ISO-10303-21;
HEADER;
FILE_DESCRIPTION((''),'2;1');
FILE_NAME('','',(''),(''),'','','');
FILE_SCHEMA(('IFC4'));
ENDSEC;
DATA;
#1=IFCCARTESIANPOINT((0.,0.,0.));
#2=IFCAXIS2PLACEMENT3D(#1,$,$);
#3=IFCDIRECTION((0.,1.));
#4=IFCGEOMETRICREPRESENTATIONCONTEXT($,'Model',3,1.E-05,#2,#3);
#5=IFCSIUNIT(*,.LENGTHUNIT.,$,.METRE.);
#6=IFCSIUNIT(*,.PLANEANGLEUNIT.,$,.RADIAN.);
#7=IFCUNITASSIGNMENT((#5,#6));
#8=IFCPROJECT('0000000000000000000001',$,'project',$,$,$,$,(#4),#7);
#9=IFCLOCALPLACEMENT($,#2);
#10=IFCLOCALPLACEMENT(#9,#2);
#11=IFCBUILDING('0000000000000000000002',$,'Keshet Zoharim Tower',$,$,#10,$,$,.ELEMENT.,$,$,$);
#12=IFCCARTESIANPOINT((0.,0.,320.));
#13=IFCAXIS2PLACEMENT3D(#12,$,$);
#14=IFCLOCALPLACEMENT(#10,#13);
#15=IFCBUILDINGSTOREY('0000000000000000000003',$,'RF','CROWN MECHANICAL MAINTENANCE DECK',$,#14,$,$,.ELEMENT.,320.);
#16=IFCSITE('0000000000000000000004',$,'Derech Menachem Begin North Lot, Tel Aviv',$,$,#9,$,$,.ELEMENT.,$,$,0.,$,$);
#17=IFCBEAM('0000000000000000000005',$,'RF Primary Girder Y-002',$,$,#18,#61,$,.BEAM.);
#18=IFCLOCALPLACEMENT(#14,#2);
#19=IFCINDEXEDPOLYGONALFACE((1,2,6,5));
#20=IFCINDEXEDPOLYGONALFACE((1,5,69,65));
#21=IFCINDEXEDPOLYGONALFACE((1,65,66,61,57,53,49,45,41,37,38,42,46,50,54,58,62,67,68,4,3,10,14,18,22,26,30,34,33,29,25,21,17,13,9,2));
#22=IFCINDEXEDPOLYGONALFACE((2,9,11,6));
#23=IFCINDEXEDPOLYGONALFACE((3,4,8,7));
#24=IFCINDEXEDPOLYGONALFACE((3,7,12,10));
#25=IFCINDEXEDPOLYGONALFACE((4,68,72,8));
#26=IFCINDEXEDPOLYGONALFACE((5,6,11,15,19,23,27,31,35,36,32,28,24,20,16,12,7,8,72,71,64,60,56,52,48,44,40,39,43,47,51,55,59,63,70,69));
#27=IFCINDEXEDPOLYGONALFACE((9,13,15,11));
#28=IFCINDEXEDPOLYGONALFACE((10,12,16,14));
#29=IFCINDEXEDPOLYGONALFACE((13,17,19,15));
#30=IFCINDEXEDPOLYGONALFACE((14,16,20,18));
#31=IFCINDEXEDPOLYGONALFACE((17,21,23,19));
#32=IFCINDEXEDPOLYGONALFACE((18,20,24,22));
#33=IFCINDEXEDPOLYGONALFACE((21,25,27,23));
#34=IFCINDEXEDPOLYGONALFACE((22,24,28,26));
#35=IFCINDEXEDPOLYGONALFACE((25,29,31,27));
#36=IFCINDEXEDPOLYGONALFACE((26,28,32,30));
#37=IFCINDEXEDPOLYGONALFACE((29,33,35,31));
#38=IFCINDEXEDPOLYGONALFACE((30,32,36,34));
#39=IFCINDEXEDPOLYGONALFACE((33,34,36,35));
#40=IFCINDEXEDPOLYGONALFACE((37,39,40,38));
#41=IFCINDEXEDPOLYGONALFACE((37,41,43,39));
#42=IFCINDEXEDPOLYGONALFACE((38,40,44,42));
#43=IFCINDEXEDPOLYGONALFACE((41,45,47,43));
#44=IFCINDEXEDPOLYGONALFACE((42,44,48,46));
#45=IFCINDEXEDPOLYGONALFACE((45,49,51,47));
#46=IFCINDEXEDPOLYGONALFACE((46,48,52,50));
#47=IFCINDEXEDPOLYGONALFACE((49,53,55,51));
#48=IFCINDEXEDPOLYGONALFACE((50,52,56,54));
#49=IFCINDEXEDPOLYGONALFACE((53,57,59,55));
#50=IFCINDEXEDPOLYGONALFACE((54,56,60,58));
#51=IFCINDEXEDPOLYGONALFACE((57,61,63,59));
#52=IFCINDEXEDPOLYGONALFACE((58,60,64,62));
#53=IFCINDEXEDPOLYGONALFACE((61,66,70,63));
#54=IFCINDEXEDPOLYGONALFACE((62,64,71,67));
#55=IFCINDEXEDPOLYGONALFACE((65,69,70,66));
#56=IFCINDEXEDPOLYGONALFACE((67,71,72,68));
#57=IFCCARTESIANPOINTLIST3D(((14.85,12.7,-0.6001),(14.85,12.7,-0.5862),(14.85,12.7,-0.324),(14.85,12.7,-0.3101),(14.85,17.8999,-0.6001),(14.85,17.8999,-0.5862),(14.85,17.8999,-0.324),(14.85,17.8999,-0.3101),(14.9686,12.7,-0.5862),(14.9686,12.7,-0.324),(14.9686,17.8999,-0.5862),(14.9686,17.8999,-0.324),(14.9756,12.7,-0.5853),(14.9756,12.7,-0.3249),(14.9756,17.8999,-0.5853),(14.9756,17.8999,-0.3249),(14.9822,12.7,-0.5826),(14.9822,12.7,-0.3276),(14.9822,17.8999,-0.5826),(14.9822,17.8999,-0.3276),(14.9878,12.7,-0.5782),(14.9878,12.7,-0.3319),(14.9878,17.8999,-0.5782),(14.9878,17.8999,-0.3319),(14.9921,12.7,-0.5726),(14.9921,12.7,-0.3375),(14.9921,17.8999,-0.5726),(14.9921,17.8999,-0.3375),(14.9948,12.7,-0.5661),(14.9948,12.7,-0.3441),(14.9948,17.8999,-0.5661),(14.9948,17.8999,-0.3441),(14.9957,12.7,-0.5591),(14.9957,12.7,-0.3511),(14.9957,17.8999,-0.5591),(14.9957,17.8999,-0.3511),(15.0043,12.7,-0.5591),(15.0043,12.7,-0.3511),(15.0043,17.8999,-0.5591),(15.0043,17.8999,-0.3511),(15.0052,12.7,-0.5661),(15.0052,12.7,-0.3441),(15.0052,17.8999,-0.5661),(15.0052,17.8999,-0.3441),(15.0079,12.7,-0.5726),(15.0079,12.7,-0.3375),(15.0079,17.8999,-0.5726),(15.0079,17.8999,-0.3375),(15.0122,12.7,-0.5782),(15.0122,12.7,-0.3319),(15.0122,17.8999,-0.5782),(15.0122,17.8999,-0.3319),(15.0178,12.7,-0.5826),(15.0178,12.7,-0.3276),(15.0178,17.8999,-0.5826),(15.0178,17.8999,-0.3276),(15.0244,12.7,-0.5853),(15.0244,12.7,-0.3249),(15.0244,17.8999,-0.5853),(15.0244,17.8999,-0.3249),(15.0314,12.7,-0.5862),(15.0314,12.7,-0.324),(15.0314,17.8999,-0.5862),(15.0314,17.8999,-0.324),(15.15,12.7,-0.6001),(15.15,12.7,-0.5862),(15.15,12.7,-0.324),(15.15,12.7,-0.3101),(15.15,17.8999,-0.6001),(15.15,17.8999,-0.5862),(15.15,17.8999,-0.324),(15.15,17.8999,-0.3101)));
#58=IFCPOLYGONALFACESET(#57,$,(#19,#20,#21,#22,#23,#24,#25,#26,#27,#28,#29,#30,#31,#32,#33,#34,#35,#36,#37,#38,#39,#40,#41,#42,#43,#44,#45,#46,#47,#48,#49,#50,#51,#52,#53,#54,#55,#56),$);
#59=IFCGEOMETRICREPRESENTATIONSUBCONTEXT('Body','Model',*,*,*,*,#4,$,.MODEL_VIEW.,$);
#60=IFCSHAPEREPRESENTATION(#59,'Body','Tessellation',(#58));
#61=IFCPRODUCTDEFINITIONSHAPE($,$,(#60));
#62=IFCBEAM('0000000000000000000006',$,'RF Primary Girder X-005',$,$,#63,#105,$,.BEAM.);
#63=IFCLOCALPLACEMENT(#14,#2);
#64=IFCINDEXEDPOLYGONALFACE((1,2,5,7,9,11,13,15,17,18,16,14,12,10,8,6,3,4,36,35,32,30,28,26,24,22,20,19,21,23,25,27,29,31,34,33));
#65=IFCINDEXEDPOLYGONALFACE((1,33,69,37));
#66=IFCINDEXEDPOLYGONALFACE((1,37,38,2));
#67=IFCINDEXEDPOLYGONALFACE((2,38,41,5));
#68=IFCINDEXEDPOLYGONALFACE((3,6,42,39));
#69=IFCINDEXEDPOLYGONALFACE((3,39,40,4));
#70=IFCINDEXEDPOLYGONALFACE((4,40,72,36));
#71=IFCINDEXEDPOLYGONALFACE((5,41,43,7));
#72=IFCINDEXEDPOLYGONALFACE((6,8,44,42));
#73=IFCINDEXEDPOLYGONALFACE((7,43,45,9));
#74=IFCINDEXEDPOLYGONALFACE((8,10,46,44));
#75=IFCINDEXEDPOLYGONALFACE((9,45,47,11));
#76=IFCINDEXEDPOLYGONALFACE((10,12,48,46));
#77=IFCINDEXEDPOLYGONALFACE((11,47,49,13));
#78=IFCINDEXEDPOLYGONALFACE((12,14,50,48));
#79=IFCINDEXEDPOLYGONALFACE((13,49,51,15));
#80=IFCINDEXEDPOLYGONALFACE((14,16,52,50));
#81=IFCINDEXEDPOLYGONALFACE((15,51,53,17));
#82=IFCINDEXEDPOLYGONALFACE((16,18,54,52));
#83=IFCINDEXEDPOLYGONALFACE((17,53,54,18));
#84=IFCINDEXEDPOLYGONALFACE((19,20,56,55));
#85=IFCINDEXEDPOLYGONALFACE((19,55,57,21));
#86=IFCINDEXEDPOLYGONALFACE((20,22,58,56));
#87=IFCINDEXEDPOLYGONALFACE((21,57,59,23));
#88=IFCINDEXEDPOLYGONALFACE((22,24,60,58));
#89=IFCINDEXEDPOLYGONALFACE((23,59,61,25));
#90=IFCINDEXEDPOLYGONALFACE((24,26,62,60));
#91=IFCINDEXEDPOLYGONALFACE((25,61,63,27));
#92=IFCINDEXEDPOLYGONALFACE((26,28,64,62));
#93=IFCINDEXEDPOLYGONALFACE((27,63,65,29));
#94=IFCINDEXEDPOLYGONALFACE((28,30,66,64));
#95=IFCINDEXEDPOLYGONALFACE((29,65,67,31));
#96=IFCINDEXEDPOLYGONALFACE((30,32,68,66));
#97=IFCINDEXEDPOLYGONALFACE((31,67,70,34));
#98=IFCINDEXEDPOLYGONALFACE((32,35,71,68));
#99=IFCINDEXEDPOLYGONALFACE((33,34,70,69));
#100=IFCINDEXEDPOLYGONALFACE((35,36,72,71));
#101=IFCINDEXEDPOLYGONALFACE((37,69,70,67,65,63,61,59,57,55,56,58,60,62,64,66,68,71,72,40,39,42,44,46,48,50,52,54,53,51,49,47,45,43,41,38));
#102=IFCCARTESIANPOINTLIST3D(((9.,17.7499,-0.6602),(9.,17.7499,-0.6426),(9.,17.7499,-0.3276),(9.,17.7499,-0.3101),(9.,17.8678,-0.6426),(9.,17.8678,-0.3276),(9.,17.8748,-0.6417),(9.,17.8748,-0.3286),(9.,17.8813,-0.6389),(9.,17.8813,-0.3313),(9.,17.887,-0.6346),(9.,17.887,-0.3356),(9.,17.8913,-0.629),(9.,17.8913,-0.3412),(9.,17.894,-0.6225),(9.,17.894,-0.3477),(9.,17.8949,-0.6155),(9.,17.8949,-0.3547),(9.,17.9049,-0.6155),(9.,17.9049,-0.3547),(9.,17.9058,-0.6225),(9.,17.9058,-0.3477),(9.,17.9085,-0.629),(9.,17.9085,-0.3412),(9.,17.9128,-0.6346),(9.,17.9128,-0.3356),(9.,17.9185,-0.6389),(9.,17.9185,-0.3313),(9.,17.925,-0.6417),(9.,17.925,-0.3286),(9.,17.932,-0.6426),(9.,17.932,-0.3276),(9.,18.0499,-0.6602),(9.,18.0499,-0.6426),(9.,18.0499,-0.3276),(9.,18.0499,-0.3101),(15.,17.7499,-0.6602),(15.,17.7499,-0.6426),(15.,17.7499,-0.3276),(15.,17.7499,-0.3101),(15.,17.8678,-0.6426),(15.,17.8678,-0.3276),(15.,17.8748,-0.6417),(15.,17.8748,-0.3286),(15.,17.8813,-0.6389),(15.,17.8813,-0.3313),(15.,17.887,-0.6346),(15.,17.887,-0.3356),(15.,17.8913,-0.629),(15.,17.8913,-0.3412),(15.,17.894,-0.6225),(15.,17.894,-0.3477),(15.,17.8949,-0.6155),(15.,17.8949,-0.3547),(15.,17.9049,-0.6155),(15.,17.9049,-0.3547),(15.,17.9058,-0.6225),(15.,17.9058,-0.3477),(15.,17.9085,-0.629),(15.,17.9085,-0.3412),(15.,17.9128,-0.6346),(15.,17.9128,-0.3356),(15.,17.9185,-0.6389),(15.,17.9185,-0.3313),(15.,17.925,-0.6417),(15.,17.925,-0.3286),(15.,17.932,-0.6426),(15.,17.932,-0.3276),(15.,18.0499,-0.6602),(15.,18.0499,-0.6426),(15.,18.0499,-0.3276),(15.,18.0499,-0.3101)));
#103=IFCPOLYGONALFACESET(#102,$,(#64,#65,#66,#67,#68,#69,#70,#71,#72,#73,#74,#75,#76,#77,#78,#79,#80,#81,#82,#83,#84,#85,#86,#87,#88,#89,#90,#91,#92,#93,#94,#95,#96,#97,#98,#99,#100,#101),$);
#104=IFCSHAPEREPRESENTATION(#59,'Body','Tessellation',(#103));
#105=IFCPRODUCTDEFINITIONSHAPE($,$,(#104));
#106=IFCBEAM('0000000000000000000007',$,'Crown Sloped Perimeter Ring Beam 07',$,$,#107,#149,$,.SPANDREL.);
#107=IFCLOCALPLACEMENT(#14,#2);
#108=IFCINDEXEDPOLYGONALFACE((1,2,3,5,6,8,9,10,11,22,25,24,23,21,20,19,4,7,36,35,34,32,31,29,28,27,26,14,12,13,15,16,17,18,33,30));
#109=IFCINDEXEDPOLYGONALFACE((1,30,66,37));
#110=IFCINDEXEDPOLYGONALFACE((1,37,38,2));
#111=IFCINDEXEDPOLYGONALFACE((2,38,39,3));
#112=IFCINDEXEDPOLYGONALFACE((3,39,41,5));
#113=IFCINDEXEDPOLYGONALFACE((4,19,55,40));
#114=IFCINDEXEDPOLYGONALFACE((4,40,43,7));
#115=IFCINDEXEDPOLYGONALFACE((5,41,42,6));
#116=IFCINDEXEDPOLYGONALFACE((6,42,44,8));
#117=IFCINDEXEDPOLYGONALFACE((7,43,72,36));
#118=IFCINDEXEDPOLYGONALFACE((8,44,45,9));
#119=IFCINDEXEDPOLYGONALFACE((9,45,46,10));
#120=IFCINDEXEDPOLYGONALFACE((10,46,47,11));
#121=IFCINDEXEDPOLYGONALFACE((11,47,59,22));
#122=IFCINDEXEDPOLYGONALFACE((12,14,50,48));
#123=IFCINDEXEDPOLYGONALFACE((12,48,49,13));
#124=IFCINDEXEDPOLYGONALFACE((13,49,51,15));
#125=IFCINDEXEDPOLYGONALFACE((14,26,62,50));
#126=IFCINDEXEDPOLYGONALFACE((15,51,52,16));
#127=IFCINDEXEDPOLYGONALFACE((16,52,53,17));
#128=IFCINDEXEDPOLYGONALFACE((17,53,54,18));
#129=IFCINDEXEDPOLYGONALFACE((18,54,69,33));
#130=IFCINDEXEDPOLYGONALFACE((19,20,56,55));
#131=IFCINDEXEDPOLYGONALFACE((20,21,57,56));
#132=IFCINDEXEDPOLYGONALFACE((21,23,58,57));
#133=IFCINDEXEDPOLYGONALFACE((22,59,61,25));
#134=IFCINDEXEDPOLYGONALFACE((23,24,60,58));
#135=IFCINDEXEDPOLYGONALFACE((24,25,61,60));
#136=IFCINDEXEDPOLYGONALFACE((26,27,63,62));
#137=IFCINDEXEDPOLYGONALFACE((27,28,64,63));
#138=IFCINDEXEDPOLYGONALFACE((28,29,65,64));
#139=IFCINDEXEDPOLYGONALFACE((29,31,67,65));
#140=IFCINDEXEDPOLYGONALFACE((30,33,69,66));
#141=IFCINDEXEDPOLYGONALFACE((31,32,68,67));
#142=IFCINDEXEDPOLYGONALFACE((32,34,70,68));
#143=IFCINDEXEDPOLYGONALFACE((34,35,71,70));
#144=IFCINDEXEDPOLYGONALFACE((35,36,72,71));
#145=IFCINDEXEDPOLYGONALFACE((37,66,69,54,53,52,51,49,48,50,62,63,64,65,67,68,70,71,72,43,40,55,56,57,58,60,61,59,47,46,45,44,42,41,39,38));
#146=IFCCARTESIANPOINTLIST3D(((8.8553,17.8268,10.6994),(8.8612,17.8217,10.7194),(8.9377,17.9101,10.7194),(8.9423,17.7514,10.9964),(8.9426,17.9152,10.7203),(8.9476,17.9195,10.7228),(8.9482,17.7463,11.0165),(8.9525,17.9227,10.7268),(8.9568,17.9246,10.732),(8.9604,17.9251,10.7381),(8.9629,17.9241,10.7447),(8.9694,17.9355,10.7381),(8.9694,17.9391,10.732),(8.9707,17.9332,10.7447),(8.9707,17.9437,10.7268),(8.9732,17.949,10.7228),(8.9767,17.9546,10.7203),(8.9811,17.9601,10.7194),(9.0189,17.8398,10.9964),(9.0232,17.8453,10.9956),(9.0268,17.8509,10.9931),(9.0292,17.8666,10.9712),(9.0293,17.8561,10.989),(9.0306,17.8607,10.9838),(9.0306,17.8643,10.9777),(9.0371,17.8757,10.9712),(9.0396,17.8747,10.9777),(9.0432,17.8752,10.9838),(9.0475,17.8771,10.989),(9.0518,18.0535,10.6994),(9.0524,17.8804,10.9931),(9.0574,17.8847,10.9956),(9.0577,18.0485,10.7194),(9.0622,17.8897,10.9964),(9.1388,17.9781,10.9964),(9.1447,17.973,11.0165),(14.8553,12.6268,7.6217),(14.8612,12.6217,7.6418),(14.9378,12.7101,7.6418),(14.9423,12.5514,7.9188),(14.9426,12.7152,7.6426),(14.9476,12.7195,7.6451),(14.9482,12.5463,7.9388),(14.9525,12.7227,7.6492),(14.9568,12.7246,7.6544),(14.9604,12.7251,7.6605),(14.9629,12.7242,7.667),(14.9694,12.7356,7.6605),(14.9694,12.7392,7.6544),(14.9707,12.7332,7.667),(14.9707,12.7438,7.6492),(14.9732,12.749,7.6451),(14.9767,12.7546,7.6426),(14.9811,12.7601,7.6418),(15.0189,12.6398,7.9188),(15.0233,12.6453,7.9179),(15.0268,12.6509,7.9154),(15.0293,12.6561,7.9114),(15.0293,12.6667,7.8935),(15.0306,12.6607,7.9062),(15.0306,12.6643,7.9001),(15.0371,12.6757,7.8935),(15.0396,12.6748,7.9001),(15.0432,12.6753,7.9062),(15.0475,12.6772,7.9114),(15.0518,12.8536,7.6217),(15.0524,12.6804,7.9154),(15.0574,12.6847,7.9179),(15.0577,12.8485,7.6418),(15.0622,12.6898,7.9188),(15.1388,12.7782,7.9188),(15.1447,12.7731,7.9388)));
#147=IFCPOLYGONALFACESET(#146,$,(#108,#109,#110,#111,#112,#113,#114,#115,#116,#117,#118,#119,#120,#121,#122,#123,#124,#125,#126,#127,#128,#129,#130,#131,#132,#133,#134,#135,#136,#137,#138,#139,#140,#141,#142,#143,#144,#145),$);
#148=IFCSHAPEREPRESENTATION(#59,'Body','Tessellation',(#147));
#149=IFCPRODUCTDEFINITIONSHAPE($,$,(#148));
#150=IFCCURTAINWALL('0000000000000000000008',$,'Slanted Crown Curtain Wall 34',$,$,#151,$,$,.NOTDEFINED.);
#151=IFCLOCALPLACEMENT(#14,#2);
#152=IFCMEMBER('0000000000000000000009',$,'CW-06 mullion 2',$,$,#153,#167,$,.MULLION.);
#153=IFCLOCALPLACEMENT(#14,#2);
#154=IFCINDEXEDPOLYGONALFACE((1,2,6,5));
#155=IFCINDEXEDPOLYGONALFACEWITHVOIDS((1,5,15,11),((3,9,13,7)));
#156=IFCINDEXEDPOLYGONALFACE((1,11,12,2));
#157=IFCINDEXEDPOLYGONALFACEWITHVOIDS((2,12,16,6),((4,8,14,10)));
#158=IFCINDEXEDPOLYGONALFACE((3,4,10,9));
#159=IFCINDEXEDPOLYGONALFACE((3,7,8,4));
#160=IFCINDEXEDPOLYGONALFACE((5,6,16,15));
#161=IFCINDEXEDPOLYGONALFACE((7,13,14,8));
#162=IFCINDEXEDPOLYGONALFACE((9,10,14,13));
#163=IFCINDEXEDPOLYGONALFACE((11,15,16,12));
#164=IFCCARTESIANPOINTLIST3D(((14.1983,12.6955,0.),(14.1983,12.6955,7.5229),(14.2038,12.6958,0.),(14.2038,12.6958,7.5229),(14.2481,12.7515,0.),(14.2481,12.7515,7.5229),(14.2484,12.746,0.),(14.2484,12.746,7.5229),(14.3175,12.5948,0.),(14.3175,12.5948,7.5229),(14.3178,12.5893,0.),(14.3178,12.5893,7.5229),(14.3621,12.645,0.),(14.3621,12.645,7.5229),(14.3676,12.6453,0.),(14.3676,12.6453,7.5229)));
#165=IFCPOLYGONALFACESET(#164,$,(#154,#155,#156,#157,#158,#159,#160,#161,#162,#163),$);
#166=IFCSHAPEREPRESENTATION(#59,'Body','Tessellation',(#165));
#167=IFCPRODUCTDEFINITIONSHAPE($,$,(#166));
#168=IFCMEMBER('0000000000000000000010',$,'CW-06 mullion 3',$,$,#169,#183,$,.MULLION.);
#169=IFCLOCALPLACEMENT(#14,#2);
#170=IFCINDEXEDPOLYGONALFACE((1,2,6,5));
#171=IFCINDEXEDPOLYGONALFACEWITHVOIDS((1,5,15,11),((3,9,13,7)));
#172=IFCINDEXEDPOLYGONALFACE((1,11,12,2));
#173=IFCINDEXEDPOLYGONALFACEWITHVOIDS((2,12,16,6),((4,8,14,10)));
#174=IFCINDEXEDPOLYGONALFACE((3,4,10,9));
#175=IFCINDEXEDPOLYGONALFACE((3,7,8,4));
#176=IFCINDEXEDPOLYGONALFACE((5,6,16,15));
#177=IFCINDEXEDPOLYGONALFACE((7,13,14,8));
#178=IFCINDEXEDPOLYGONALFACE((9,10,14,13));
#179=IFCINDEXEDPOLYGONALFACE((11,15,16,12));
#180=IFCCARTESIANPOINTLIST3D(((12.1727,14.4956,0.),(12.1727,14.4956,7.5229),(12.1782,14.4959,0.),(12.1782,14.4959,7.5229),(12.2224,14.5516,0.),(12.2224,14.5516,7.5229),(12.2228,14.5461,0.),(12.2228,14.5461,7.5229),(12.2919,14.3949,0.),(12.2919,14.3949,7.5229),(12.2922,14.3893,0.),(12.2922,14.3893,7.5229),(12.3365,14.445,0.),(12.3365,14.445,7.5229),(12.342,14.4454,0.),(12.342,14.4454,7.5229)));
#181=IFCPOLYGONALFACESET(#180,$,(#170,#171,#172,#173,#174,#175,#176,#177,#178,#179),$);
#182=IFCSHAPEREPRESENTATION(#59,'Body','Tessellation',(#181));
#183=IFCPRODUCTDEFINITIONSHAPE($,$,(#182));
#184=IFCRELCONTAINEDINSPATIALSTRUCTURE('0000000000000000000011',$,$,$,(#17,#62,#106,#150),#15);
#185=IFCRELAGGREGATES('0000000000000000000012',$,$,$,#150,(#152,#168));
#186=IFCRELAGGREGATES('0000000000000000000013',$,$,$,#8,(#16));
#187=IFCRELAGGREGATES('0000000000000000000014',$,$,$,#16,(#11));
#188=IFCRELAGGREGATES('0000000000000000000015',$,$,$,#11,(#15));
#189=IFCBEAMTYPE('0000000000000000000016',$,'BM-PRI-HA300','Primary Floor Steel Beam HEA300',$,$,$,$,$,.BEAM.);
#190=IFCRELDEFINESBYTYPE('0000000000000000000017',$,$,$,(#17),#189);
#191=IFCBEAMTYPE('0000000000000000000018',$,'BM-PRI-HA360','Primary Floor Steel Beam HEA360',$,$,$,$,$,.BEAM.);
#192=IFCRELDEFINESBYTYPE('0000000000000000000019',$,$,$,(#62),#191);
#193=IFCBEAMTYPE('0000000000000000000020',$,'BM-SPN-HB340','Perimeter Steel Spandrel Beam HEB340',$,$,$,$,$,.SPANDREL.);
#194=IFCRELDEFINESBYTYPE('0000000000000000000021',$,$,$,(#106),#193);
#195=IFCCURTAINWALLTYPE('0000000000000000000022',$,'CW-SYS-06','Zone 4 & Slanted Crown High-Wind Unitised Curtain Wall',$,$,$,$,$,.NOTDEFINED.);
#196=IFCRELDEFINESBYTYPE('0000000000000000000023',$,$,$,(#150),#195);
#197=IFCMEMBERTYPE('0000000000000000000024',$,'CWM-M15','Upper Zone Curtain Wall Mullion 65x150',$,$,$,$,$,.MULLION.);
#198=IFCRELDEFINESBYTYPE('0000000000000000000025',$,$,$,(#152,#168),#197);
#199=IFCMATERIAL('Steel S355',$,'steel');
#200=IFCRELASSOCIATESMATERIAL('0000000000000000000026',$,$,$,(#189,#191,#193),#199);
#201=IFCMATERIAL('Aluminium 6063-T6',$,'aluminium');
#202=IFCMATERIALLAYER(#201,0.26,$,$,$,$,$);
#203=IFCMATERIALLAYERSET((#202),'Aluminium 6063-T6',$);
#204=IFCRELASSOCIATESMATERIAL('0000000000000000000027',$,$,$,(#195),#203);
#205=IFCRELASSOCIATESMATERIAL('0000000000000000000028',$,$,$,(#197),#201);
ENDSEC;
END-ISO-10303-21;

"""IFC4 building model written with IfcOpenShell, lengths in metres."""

from ifc_helpers import new_model, si_unit, direction, frame, origin, origin_2d, place, context, subcontext, project, spatial, hollow_rectangle, i_section, extrude, material, layer, layer_set, material_profile, profile_set, type_object, element, aggregate, save


model = new_model("IFC4")

# Units and contexts
model_context = context("Model", 3, precision=1e-05, world=origin(), true_north=direction((0.0, 1.0)))
body_context = subcontext(model_context, "Body", "Model", "MODEL_VIEW")
ifc_project = project(units=[si_unit("LENGTHUNIT", "METRE"), si_unit("PLANEANGLEUNIT", "RADIAN")], contexts=[model_context])

# Site, building, storey
site_placement = place(None, origin())
site = spatial("IfcSite", under=ifc_project, at=site_placement, Name="Derech Menachem Begin North Lot, Tel Aviv", CompositionType="ELEMENT", RefElevation=0.0)
building_placement = place(site_placement, origin())
building = spatial("IfcBuilding", under=site, at=building_placement, Name="Keshet Zoharim Tower", CompositionType="ELEMENT")
storey_placement = place(building_placement, frame((0.0, 0.0, 320.0)))
storey = spatial("IfcBuildingStorey", under=building, at=storey_placement, Name="RF", Description="CROWN MECHANICAL MAINTENANCE DECK", CompositionType="ELEMENT", Elevation=320.0)

# Shared definitions
ifc_material_1 = material(Name="Steel S355", Category="steel")

# Beams
ifc_material_profile_1 = material_profile(ifc_material_1, i_section(OverallWidth=0.3, OverallDepth=0.29, WebThickness=0.0085, FlangeThickness=0.0139, FilletRadius=0.0271, at=origin_2d()), Name="HEA300")
ifc_profile_set_1 = profile_set([ifc_material_profile_1], Name="Steel S355")
beam_type_1 = type_object("IfcBeamType", Name="BM-PRI-HA300", Description="Primary Floor Steel Beam HEA300", PredefinedType="BEAM", material=ifc_profile_set_1)
beam_1_placement = place(storey_placement, frame((15.0, 12.7, -0.4551), z_axis=(0.0, 1.0, 0.0), x_axis=(-1.0, 0.0, 0.0)))
element("IfcBeam", 1, at=beam_1_placement, inside=storey, type_object=beam_type_1, Name="RF Primary Girder Y-002", PredefinedType="BEAM", context=body_context, shape_type="SweptSolid", body=[
    extrude(i_section(OverallWidth=0.3, OverallDepth=0.29, WebThickness=0.0085, FlangeThickness=0.0139, FilletRadius=0.0271, at=origin_2d()), origin(), (0.0, 0.0, 1.0), 5.2),
])
ifc_material_profile_2 = material_profile(ifc_material_1, i_section(OverallWidth=0.3, OverallDepth=0.3501, WebThickness=0.01, FlangeThickness=0.0176, FilletRadius=0.0271, at=origin_2d()), Name="HEA360")
ifc_profile_set_2 = profile_set([ifc_material_profile_2], Name="Steel S355")
beam_type_2 = type_object("IfcBeamType", Name="BM-PRI-HA360", Description="Primary Floor Steel Beam HEA360", PredefinedType="BEAM", material=ifc_profile_set_2)
beam_2_placement = place(storey_placement, frame((9.0, 17.8999, -0.4851), z_axis=(1.0, 0.0, 0.0), x_axis=(0.0, 1.0, 0.0)))
element("IfcBeam", 2, at=beam_2_placement, inside=storey, type_object=beam_type_2, Name="RF Primary Girder X-005", PredefinedType="BEAM", context=body_context, shape_type="SweptSolid", body=[
    extrude(i_section(OverallWidth=0.3, OverallDepth=0.3501, WebThickness=0.01, FlangeThickness=0.0176, FilletRadius=0.0271, at=origin_2d()), origin(), (0.0, 0.0, 1.0), 6.0),
])
ifc_material_profile_3 = material_profile(ifc_material_1, i_section(OverallWidth=0.3, OverallDepth=0.3401, WebThickness=0.012, FlangeThickness=0.0215, FilletRadius=0.0271, at=origin_2d()), Name="HEB340")
ifc_profile_set_3 = profile_set([ifc_material_profile_3], Name="Steel S355")
beam_type_3 = type_object("IfcBeamType", Name="BM-SPN-HB340", Description="Perimeter Steel Spandrel Beam HEB340", PredefinedType="SPANDREL", material=ifc_profile_set_3)
beam_3_placement = place(storey_placement, frame((15.0, 12.7, 7.7803), z_axis=(-0.704609, 0.610656, 0.361422), x_axis=(-0.654927, -0.755692, 0.0)))
element("IfcBeam", 3, at=beam_3_placement, inside=storey, type_object=beam_type_3, Name="Crown Sloped Perimeter Ring Beam 07", PredefinedType="SPANDREL", context=body_context, shape_type="SweptSolid", body=[
    extrude(i_section(OverallWidth=0.3, OverallDepth=0.3401, WebThickness=0.012, FlangeThickness=0.0215, FilletRadius=0.0271, at=origin_2d()), origin(), (0.0, 0.0, 1.0), 8.5154),
])

# Curtain wall, members
ifc_material_2 = material(Name="Aluminium 6063-T6", Category="aluminium")
ifc_layer_1 = layer(ifc_material_2, 0.26)
ifc_layer_set_1 = layer_set([ifc_layer_1], Name="Aluminium 6063-T6")
curtain_wall_type = type_object("IfcCurtainWallType", Name="CW-SYS-06", Description="Zone 4 & Slanted Crown High-Wind Unitised Curtain Wall", PredefinedType="NOTDEFINED", material=ifc_layer_set_1)
curtain_wall_1_placement = place(storey_placement, origin())
curtain_wall_1 = element("IfcCurtainWall", 4, at=curtain_wall_1_placement, inside=storey, type_object=curtain_wall_type, Name="Slanted Crown Curtain Wall 34", PredefinedType="NOTDEFINED")
ifc_material_profile_4 = material_profile(ifc_material_2, hollow_rectangle(XDim=0.075, YDim=0.1599, WallThickness=0.0039, at=origin_2d()), Name="MUL-75x160")
ifc_profile_set_4 = profile_set([ifc_material_profile_4], Name="Aluminium 6063-T6")
member_type_1 = type_object("IfcMemberType", Name="CWM-M15", Description="Upper Zone Curtain Wall Mullion 65x150", PredefinedType="MULLION", material=ifc_profile_set_4)
member_1_placement = place(storey_placement, frame((14.283, 12.6704, 0.0), z_axis=(0.0, 0.0, 1.0), x_axis=(-0.664217, -0.74754, 0.0)))
member_1 = element("IfcMember", 5, at=member_1_placement, type_object=member_type_1, Name="CW-06 mullion 2", PredefinedType="MULLION", context=body_context, shape_type="SweptSolid", body=[
    extrude(hollow_rectangle(XDim=0.075, YDim=0.1599, WallThickness=0.0039, at=origin_2d()), origin(), (0.0, 0.0, 1.0), 7.5229),
])
member_2_placement = place(storey_placement, frame((12.2573, 14.4705, 0.0), z_axis=(0.0, 0.0, 1.0), x_axis=(-0.664217, -0.74754, 0.0)))
member_2 = element("IfcMember", 6, at=member_2_placement, type_object=member_type_1, Name="CW-06 mullion 3", PredefinedType="MULLION", context=body_context, shape_type="SweptSolid", body=[
    extrude(hollow_rectangle(XDim=0.075, YDim=0.1599, WallThickness=0.0039, at=origin_2d()), origin(), (0.0, 0.0, 1.0), 7.5229),
])

aggregate(curtain_wall_1, [member_1, member_2])

save(model, "model.ifc")
